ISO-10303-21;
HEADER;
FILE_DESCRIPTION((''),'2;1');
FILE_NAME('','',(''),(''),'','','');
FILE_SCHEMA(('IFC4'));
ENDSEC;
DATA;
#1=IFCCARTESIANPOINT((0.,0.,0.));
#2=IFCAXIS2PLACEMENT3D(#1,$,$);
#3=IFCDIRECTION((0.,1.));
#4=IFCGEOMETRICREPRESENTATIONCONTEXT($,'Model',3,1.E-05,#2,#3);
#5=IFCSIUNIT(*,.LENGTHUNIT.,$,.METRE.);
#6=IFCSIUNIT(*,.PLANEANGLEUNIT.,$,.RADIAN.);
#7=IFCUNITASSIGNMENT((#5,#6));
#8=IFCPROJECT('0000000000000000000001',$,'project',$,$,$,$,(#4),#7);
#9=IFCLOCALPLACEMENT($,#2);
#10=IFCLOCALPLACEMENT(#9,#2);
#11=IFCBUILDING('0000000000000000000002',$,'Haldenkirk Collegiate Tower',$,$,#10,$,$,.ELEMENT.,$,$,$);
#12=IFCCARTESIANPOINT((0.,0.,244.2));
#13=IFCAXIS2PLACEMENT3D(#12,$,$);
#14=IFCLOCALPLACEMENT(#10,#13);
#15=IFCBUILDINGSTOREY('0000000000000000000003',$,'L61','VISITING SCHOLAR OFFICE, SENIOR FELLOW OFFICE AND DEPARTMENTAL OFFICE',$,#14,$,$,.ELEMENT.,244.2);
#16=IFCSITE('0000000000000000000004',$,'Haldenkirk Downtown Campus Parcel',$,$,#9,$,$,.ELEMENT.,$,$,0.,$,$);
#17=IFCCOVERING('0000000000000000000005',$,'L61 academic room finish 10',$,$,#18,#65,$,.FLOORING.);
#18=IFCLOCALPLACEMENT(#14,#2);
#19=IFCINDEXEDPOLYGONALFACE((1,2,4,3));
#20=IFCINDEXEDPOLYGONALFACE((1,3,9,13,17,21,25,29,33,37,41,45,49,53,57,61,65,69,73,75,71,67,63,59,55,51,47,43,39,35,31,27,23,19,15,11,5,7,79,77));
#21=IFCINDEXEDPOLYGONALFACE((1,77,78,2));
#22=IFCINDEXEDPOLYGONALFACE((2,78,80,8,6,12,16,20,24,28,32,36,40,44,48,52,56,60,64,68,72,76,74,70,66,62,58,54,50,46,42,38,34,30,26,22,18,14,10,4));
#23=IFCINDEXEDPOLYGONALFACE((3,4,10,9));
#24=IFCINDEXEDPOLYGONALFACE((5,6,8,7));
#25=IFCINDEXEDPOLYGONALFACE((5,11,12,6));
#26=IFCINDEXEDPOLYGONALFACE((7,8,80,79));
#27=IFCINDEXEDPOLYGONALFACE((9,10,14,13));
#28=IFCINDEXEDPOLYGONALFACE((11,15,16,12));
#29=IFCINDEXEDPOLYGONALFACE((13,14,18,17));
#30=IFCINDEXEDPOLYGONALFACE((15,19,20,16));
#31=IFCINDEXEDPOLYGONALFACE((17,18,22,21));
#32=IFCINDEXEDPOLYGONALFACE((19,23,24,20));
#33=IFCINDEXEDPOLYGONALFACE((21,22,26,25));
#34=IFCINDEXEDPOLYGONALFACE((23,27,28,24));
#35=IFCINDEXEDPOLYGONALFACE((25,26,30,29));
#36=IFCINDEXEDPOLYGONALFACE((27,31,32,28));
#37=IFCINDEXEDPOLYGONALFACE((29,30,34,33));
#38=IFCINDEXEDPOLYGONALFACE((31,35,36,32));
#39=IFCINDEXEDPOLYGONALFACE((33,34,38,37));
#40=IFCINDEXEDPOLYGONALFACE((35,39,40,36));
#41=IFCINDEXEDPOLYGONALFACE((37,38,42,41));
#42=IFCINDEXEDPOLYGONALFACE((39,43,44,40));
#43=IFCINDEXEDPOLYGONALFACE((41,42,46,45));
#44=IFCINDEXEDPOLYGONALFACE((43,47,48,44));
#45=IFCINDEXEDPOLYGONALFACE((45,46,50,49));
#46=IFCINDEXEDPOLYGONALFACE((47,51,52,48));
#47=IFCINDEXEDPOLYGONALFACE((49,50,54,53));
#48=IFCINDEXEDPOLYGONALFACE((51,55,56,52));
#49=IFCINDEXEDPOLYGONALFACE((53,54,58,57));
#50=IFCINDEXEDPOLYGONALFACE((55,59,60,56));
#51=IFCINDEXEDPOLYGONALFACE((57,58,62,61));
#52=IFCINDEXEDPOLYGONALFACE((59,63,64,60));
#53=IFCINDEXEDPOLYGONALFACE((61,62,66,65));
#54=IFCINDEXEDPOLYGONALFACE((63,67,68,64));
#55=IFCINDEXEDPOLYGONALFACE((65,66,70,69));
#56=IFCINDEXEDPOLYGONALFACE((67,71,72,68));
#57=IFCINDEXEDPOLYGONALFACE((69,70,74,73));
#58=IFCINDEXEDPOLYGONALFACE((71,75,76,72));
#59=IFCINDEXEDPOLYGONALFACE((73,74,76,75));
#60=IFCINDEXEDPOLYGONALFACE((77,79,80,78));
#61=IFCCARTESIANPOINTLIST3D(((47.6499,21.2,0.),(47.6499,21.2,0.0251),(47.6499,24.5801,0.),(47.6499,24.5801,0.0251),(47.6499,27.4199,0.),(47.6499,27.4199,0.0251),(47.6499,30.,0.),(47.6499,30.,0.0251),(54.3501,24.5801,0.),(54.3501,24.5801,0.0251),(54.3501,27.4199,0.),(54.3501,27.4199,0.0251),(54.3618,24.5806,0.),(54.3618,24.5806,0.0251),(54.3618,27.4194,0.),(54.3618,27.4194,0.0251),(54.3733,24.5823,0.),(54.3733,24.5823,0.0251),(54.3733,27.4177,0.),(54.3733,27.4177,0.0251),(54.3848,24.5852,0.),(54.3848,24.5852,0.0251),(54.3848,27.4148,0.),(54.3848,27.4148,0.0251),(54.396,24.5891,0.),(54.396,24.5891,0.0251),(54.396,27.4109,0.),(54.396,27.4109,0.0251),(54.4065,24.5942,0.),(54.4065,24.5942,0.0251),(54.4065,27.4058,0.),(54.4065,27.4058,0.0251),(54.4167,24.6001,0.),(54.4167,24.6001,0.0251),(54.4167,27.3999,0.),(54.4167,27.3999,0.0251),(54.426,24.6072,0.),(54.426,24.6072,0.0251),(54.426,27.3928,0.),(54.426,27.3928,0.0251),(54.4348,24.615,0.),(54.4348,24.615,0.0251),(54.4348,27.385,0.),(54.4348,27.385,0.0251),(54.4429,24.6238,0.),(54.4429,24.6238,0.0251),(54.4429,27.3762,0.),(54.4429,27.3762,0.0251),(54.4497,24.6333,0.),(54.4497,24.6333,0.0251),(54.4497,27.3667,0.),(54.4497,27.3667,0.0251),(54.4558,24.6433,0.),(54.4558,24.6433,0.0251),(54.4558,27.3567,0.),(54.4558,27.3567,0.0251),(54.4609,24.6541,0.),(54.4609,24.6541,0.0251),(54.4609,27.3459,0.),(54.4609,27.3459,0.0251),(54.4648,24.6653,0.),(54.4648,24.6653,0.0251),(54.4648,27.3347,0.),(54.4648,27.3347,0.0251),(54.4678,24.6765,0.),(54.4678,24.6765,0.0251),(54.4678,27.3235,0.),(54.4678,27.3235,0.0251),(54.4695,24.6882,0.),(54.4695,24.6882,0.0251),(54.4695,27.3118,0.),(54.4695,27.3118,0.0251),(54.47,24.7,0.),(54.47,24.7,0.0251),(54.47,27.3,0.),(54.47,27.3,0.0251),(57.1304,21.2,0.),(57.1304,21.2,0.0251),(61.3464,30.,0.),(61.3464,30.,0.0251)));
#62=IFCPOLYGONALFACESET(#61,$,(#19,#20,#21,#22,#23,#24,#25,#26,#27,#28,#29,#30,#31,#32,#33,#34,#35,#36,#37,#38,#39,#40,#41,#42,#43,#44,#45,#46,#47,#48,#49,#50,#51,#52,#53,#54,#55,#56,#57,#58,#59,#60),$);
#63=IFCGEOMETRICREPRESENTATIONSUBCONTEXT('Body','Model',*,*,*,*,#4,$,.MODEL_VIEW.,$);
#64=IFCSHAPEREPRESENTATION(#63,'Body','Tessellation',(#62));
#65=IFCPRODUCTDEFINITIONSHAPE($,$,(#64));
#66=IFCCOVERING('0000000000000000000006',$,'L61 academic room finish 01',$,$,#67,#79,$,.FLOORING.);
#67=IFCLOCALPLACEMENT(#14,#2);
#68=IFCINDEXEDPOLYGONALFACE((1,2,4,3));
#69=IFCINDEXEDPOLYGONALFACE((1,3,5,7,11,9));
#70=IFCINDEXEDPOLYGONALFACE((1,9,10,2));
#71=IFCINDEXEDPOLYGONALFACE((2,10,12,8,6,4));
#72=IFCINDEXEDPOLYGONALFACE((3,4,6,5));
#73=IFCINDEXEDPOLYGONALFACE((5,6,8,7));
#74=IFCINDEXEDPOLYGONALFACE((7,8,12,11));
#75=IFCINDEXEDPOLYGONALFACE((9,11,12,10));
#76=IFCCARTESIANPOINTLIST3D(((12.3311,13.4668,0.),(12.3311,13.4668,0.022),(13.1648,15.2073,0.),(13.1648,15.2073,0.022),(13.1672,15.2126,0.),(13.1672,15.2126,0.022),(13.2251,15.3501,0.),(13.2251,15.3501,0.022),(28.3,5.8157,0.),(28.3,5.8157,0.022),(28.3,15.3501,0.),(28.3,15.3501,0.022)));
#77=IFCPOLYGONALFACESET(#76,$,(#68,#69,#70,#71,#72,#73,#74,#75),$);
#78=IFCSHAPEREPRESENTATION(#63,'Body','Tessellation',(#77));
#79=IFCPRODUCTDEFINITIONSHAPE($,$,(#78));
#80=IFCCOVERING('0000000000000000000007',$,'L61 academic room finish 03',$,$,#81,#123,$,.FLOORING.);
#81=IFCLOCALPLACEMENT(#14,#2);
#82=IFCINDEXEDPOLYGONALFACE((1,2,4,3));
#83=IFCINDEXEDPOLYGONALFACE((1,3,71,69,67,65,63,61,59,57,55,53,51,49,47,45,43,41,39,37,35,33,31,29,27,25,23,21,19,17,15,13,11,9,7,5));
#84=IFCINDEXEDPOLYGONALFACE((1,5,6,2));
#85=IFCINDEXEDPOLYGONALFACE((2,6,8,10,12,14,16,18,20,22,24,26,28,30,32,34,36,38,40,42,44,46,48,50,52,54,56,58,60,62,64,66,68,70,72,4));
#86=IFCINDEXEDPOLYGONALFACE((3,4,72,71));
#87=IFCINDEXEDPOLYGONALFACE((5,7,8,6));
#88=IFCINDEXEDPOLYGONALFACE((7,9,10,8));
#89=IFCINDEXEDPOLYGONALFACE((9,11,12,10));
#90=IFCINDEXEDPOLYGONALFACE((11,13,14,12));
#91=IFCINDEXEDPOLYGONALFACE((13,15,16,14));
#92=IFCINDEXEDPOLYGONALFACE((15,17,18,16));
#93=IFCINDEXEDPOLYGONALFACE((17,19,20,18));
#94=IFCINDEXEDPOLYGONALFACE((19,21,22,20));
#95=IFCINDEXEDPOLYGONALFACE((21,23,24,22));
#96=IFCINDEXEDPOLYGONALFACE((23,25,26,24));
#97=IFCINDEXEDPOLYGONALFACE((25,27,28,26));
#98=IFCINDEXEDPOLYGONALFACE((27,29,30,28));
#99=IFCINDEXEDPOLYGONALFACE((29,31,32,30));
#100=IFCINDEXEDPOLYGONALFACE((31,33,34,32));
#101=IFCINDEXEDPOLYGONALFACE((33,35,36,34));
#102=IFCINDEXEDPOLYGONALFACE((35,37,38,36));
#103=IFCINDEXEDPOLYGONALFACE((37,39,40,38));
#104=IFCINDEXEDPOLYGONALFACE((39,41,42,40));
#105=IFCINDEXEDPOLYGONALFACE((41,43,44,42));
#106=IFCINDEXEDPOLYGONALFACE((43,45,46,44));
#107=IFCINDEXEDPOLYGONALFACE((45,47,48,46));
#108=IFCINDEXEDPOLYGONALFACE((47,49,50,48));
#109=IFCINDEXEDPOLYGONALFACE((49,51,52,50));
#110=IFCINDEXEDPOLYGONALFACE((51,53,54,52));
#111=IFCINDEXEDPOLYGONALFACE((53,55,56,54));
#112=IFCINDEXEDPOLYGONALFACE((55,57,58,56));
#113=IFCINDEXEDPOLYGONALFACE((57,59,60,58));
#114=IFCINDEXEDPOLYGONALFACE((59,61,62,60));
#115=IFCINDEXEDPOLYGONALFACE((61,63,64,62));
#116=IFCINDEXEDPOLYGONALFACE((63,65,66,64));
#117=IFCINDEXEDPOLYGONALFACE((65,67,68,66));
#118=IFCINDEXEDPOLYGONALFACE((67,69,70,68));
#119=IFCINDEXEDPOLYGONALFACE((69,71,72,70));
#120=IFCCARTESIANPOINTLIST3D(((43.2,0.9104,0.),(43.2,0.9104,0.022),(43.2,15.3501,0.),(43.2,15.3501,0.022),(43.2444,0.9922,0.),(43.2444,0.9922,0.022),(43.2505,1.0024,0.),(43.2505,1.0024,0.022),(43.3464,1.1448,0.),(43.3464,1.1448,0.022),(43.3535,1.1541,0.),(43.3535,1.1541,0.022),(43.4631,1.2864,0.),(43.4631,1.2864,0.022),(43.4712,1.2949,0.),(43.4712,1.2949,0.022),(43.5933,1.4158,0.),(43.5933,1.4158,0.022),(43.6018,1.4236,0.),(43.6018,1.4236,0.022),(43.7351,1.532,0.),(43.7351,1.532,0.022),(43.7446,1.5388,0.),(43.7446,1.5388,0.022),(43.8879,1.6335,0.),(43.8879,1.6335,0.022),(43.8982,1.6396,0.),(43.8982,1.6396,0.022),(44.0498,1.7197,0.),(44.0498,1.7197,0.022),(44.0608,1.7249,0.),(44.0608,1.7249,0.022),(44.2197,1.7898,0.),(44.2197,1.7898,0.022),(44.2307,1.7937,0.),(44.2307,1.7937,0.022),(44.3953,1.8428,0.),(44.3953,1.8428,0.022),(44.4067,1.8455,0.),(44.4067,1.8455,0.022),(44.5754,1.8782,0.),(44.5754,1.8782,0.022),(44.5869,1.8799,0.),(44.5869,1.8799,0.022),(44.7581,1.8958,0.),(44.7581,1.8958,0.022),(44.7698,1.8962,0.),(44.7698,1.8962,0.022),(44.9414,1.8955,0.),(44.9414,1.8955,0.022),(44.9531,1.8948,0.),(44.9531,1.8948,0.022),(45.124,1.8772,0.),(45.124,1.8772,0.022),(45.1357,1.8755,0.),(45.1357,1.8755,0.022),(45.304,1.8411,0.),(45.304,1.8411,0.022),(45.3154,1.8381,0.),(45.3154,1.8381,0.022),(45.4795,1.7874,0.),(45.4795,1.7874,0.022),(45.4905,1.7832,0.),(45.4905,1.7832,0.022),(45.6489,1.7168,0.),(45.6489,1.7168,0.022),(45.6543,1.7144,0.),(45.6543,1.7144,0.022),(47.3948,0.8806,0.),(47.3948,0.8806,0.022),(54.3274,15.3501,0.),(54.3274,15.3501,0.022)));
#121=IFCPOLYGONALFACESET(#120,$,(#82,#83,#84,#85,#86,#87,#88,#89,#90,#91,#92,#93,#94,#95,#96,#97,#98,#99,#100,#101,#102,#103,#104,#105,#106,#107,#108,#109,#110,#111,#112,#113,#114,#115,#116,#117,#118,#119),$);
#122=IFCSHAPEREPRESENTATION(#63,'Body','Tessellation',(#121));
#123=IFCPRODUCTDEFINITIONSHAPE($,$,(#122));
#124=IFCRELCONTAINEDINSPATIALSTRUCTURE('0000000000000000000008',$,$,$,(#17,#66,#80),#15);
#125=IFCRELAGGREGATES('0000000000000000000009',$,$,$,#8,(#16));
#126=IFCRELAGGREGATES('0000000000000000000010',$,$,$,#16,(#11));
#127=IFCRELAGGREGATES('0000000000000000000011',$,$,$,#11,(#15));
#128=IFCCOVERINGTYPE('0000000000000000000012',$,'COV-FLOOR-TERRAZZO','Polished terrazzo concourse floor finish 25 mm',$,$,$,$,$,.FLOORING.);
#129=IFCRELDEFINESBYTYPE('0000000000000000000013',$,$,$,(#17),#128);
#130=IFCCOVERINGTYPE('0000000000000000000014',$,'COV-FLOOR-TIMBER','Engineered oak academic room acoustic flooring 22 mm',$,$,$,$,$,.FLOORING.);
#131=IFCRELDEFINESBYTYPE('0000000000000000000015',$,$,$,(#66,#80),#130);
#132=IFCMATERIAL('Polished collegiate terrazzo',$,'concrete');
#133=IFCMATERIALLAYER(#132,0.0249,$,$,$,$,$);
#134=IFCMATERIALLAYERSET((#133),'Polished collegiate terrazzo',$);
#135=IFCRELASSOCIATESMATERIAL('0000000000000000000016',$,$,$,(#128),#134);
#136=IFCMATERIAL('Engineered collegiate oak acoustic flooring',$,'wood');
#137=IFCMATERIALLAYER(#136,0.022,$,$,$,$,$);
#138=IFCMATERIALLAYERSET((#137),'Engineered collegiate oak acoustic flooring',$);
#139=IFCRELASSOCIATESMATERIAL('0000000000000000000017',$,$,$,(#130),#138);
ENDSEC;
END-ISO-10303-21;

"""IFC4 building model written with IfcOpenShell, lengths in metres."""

from ifc_helpers import new_model, si_unit, direction, frame, origin, place, context, subcontext, project, spatial, polyline, outline, extrude, material, layer, layer_set, type_object, element, save


model = new_model("IFC4")

# Units and contexts
model_context = context("Model", 3, precision=1e-05, world=origin(), true_north=direction((0.0, 1.0)))
body_context = subcontext(model_context, "Body", "Model", "MODEL_VIEW")
ifc_project = project(units=[si_unit("LENGTHUNIT", "METRE"), si_unit("PLANEANGLEUNIT", "RADIAN")], contexts=[model_context])

# Site, building, storey
site_placement = place(None, origin())
site = spatial("IfcSite", under=ifc_project, at=site_placement, Name="Haldenkirk Downtown Campus Parcel", CompositionType="ELEMENT", RefElevation=0.0)
building_placement = place(site_placement, origin())
building = spatial("IfcBuilding", under=site, at=building_placement, Name="Haldenkirk Collegiate Tower", CompositionType="ELEMENT")
storey_placement = place(building_placement, frame((0.0, 0.0, 244.2)))
storey = spatial("IfcBuildingStorey", under=building, at=storey_placement, Name="L61", Description="VISITING SCHOLAR OFFICE, SENIOR FELLOW OFFICE AND DEPARTMENTAL OFFICE", CompositionType="ELEMENT", Elevation=244.2)

# Coverings
ifc_material_1 = material(Name="Polished collegiate terrazzo", Category="concrete")
ifc_layer_1 = layer(ifc_material_1, 0.0249)
ifc_layer_set_1 = layer_set([ifc_layer_1], Name="Polished collegiate terrazzo")
covering_type_1 = type_object("IfcCoveringType", Name="COV-FLOOR-TERRAZZO", Description="Polished terrazzo concourse floor finish 25 mm", PredefinedType="FLOORING", material=ifc_layer_set_1)
covering_1_placement = place(storey_placement, origin())
element("IfcCovering", 1, at=covering_1_placement, inside=storey, type_object=covering_type_1, Name="L61 academic room finish 10", PredefinedType="FLOORING", context=body_context, shape_type="SweptSolid", body=[
    extrude(outline(polyline([(57.1304, 21.2), (47.6499, 21.2), (47.6499, 24.5801), (54.3501, 24.5801), (54.3618, 24.5806), (54.3733, 24.5823), (54.3848, 24.5852), (54.396, 24.5891), (54.4065, 24.5942), (54.4167, 24.6001), (54.426, 24.6072), (54.4348, 24.615), (54.4429, 24.6238), (54.4497, 24.6333), (54.4558, 24.6433), (54.4609, 24.6541), (54.4648, 24.6653), (54.4678, 24.6765), (54.4695, 24.6882), (54.47, 24.7), (54.47, 27.3), (54.4695, 27.3118), (54.4678, 27.3235), (54.4648, 27.3347), (54.4609, 27.3459), (54.4558, 27.3567), (54.4497, 27.3667), (54.4429, 27.3762), (54.4348, 27.385), (54.426, 27.3928), (54.4167, 27.3999), (54.4065, 27.4058), (54.396, 27.4109), (54.3848, 27.4148), (54.3733, 27.4177), (54.3618, 27.4194), (54.3501, 27.4199), (47.6499, 27.4199), (47.6499, 30.0), (61.3464, 30.0), (57.1304, 21.2)])), origin(), (0.0, 0.0, 1.0), 0.0251),
])
ifc_material_2 = material(Name="Engineered collegiate oak acoustic flooring", Category="wood")
ifc_layer_2 = layer(ifc_material_2, 0.022)
ifc_layer_set_2 = layer_set([ifc_layer_2], Name="Engineered collegiate oak acoustic flooring")
covering_type_2 = type_object("IfcCoveringType", Name="COV-FLOOR-TIMBER", Description="Engineered oak academic room acoustic flooring 22 mm", PredefinedType="FLOORING", material=ifc_layer_set_2)
covering_2_placement = place(storey_placement, origin())
element("IfcCovering", 2, at=covering_2_placement, inside=storey, type_object=covering_type_2, Name="L61 academic room finish 01", PredefinedType="FLOORING", context=body_context, shape_type="SweptSolid", body=[
    extrude(outline(polyline([(12.3311, 13.4668), (13.1648, 15.2073), (13.1672, 15.2126), (13.2251, 15.3501), (28.3, 15.3501), (28.3, 5.8157), (12.3311, 13.4668)])), origin(), (0.0, 0.0, 1.0), 0.022),
])
covering_3_placement = place(storey_placement, origin())
element("IfcCovering", 3, at=covering_3_placement, inside=storey, type_object=covering_type_2, Name="L61 academic room finish 03", PredefinedType="FLOORING", context=body_context, shape_type="SweptSolid", body=[
    extrude(outline(polyline([(43.2, 0.9104), (43.2, 15.3501), (54.3274, 15.3501), (47.3948, 0.8806), (45.6543, 1.7144), (45.6489, 1.7168), (45.4905, 1.7832), (45.4795, 1.7874), (45.3154, 1.8381), (45.304, 1.8411), (45.1357, 1.8755), (45.124, 1.8772), (44.9531, 1.8948), (44.9414, 1.8955), (44.7698, 1.8962), (44.7581, 1.8958), (44.5869, 1.8799), (44.5754, 1.8782), (44.4067, 1.8455), (44.3953, 1.8428), (44.2307, 1.7937), (44.2197, 1.7898), (44.0608, 1.7249), (44.0498, 1.7197), (43.8982, 1.6396), (43.8879, 1.6335), (43.7446, 1.5388), (43.7351, 1.532), (43.6018, 1.4236), (43.5933, 1.4158), (43.4712, 1.2949), (43.4631, 1.2864), (43.3535, 1.1541), (43.3464, 1.1448), (43.2505, 1.0024), (43.2444, 0.9922), (43.2, 0.9104)])), origin(), (0.0, 0.0, 1.0), 0.022),
])

save(model, "model.ifc")
